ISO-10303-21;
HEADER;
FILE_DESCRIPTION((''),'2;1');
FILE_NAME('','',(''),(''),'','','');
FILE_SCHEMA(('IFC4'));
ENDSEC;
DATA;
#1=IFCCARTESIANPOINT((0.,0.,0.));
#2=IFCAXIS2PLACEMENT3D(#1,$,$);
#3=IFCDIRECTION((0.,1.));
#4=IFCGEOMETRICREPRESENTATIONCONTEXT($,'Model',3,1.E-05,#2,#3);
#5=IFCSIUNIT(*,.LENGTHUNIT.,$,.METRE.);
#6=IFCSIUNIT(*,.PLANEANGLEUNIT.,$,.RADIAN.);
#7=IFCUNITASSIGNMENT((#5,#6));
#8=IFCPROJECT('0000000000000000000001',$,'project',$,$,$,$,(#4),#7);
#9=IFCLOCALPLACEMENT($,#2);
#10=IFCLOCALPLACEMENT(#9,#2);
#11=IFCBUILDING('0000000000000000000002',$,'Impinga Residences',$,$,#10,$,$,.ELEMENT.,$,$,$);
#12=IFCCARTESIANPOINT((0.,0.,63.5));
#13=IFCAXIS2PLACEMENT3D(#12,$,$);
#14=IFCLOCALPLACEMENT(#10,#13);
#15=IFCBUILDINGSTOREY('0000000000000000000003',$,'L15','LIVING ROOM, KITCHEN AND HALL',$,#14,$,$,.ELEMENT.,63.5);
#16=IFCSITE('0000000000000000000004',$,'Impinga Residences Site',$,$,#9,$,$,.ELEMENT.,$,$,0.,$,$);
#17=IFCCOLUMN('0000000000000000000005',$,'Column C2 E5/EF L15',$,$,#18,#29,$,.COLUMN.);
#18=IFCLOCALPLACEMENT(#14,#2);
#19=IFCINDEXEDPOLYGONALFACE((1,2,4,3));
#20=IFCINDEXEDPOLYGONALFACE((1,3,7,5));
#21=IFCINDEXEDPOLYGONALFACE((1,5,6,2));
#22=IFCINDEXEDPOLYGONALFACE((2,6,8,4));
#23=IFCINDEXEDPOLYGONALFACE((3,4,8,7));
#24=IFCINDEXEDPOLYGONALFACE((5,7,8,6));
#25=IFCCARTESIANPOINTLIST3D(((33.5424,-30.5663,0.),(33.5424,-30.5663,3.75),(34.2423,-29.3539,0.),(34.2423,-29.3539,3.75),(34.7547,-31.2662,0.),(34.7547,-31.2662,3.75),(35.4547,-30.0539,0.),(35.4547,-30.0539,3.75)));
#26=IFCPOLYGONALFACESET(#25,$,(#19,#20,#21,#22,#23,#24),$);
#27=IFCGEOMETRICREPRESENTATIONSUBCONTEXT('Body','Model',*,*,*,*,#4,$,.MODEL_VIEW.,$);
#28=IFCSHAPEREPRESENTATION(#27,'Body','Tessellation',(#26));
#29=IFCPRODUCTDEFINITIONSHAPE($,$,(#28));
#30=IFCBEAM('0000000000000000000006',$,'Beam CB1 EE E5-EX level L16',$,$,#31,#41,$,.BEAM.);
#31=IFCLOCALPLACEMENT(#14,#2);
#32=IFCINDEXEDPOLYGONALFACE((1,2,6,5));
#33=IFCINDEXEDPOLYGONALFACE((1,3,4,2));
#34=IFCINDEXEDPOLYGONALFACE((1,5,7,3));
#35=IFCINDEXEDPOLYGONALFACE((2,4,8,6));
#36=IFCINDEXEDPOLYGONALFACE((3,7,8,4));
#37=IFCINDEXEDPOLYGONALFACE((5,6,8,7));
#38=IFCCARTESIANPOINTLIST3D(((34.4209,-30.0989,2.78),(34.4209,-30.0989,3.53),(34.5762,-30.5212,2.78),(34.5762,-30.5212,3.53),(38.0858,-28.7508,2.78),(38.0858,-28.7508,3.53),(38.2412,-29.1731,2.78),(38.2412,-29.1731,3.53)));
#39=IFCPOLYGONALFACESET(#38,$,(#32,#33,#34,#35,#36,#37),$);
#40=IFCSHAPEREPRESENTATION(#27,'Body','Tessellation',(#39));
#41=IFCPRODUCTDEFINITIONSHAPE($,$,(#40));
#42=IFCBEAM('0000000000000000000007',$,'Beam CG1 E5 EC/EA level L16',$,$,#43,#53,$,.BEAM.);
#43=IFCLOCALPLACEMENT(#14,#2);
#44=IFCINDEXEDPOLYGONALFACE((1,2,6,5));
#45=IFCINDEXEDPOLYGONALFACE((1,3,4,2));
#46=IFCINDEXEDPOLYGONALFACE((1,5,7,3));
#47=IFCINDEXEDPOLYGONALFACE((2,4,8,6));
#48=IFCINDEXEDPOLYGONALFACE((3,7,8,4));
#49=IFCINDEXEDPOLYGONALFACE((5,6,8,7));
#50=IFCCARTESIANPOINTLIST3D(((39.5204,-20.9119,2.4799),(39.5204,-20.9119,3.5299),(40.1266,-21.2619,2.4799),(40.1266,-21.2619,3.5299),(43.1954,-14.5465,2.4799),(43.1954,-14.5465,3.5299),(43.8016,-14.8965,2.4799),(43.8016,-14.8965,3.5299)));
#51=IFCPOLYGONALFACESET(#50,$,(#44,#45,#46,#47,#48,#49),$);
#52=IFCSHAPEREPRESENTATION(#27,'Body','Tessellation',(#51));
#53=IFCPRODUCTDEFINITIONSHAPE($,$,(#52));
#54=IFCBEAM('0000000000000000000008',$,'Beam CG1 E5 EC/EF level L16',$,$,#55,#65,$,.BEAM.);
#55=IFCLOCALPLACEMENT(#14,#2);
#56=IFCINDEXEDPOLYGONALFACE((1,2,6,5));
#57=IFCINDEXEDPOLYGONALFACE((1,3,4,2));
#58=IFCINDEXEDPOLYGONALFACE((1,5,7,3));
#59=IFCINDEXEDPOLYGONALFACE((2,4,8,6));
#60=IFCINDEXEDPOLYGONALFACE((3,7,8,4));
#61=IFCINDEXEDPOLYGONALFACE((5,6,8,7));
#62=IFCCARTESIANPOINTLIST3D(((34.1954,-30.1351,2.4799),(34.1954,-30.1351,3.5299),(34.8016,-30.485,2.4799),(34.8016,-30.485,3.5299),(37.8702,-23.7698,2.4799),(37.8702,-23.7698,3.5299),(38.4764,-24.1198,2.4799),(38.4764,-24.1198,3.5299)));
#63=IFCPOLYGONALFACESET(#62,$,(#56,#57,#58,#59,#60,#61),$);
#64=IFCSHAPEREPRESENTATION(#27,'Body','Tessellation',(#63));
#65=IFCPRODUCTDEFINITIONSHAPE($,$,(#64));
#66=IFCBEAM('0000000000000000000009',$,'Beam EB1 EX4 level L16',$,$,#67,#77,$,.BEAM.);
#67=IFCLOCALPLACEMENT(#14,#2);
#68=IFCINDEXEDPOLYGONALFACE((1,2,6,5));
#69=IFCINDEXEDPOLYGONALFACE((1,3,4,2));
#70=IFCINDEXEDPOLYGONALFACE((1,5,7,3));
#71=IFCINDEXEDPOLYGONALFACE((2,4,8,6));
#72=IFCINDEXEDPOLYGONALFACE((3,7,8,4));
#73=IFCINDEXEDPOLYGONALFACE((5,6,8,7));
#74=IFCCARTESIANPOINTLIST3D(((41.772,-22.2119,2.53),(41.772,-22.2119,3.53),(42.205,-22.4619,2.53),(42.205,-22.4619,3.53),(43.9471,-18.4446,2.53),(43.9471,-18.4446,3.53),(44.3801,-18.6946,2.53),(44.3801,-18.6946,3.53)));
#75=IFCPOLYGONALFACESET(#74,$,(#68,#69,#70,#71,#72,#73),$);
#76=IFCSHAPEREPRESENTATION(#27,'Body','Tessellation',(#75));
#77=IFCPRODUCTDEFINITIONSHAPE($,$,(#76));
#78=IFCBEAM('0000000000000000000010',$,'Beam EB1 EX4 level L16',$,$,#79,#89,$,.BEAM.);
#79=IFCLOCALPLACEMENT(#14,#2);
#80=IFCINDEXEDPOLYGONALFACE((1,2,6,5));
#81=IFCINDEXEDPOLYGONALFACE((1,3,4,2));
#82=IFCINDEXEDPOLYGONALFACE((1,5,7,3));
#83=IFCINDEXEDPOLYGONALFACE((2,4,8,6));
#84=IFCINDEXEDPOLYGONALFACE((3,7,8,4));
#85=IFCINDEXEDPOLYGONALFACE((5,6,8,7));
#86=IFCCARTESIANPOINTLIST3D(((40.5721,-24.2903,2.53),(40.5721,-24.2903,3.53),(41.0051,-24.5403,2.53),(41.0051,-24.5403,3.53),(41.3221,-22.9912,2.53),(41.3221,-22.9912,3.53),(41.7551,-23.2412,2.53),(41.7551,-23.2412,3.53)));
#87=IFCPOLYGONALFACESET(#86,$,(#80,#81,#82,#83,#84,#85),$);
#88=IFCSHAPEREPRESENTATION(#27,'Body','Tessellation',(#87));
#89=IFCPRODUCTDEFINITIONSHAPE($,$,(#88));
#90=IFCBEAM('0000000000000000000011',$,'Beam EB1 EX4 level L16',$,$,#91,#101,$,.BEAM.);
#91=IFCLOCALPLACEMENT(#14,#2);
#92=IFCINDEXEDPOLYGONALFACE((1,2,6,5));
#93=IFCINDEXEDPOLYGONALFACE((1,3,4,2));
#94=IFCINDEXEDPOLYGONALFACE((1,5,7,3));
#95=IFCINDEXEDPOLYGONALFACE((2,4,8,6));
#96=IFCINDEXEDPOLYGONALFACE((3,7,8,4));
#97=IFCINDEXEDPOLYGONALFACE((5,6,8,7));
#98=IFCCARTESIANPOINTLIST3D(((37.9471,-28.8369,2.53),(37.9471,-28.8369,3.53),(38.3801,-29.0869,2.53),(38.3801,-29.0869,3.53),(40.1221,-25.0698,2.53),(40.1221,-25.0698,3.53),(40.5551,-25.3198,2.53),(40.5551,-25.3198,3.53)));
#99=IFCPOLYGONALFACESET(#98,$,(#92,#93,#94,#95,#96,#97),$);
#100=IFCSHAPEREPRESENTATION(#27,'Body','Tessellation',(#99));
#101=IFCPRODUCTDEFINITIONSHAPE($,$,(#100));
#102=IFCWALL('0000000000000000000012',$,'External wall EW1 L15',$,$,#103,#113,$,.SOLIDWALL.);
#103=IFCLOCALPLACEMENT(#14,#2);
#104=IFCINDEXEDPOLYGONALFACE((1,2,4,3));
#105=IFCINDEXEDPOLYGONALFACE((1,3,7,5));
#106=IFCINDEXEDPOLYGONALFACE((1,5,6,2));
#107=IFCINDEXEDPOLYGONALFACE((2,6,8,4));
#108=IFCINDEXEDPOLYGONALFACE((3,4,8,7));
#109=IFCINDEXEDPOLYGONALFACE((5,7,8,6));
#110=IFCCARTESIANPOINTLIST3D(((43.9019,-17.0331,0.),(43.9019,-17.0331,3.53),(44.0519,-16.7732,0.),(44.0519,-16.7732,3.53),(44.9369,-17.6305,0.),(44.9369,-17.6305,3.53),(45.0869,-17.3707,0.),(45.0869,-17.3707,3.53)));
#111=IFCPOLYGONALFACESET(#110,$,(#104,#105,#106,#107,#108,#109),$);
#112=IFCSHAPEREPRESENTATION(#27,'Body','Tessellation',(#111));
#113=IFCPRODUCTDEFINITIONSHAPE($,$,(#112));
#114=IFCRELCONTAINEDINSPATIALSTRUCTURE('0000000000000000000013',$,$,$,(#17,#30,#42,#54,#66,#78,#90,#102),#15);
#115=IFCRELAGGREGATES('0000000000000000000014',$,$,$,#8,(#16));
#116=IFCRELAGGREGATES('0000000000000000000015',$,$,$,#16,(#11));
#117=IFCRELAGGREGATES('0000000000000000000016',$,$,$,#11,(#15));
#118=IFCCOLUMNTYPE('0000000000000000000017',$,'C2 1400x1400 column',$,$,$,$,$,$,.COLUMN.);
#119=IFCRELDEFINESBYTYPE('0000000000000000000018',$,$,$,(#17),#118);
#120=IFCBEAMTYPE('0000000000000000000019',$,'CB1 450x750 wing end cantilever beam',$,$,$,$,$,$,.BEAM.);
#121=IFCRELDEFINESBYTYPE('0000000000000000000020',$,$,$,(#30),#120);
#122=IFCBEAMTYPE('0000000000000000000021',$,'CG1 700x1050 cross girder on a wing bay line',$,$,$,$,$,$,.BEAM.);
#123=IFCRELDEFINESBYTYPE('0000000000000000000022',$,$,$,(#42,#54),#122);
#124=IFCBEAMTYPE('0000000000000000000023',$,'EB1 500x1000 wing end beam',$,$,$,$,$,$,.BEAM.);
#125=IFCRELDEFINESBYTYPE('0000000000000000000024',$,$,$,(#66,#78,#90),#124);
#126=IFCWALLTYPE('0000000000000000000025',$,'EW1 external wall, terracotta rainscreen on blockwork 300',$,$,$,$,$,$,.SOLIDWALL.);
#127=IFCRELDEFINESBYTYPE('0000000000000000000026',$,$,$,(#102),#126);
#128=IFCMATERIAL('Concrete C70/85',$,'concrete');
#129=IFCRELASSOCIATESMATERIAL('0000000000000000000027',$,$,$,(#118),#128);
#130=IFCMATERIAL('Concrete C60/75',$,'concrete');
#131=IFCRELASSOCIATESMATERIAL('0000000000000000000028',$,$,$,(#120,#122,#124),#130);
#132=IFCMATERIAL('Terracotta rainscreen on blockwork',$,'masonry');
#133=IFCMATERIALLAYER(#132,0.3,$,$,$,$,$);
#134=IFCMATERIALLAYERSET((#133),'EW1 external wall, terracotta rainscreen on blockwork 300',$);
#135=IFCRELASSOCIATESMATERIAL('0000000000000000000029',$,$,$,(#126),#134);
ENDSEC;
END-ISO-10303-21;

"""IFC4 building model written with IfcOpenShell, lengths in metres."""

from ifc_helpers import new_model, si_unit, direction, frame, frame_2d, origin, origin_2d, place, context, subcontext, project, spatial, rectangle, extrude, material, layer, layer_set, material_profile, profile_set, type_object, element, save


model = new_model("IFC4")

# Units and contexts
model_context = context("Model", 3, precision=1e-05, world=origin(), true_north=direction((0.0, 1.0)))
body_context = subcontext(model_context, "Body", "Model", "MODEL_VIEW")
ifc_project = project(units=[si_unit("LENGTHUNIT", "METRE"), si_unit("PLANEANGLEUNIT", "RADIAN")], contexts=[model_context])

# Site, building, storey
site_placement = place(None, origin())
site = spatial("IfcSite", under=ifc_project, at=site_placement, Name="Impinga Residences Site", CompositionType="ELEMENT", RefElevation=0.0)
building_placement = place(site_placement, origin())
building = spatial("IfcBuilding", under=site, at=building_placement, Name="Impinga Residences", CompositionType="ELEMENT")
storey_placement = place(building_placement, frame((0.0, 0.0, 63.5)))
storey = spatial("IfcBuildingStorey", under=building, at=storey_placement, Name="L15", Description="LIVING ROOM, KITCHEN AND HALL", CompositionType="ELEMENT", Elevation=63.5)

# Column
ifc_material_1 = material(Name="Concrete C70/85", Category="concrete")
ifc_material_profile_1 = material_profile(ifc_material_1, rectangle(XDim=1.3999, YDim=1.3999, at=origin_2d()), Name="RC 1400x1400")
ifc_profile_set_1 = profile_set([ifc_material_profile_1], Name="Concrete C70/85")
column_type = type_object("IfcColumnType", Name="C2 1400x1400 column", PredefinedType="COLUMN", material=ifc_profile_set_1)
column_placement = place(storey_placement, frame((34.4985, -30.3101, 0.0), z_axis=(0.0, 0.0, 1.0), x_axis=(-0.5, -0.866025, 0.0)))
element("IfcColumn", 1, at=column_placement, inside=storey, type_object=column_type, Name="Column C2 E5/EF L15", PredefinedType="COLUMN", context=body_context, shape_type="SweptSolid", body=[
    extrude(rectangle(XDim=1.3999, YDim=1.3999, at=origin_2d()), origin(), (0.0, 0.0, 1.0), 3.75),
])

# Beams
ifc_material_2 = material(Name="Concrete C60/75", Category="concrete")
ifc_material_profile_2 = material_profile(ifc_material_2, rectangle(XDim=0.45, YDim=0.75, at=origin_2d()), Name="RC 450x750")
ifc_profile_set_2 = profile_set([ifc_material_profile_2], Name="Concrete C60/75")
beam_type_1 = type_object("IfcBeamType", Name="CB1 450x750 wing end cantilever beam", PredefinedType="BEAM", material=ifc_profile_set_2)
beam_1_placement = place(storey_placement, frame((34.4985, -30.3101, 3.155), z_axis=(0.93852, 0.345224, 0.0), x_axis=(-0.345224, 0.93852, 0.0)))
element("IfcBeam", 2, at=beam_1_placement, inside=storey, type_object=beam_type_1, Name="Beam CB1 EE E5-EX level L16", PredefinedType="BEAM", context=body_context, shape_type="SweptSolid", body=[
    extrude(rectangle(XDim=0.45, YDim=0.75, at=origin_2d()), origin(), (0.0, 0.0, 1.0), 3.905),
])
ifc_material_profile_3 = material_profile(ifc_material_2, rectangle(XDim=0.7, YDim=1.05, at=origin_2d()), Name="RC 700x1050")
ifc_profile_set_3 = profile_set([ifc_material_profile_3], Name="Concrete C60/75")
beam_type_2 = type_object("IfcBeamType", Name="CG1 700x1050 cross girder on a wing bay line", PredefinedType="BEAM", material=ifc_profile_set_3)
beam_2_placement = place(storey_placement, frame((39.8235, -21.0869, 3.0049), z_axis=(0.499994, 0.866029, 0.0), x_axis=(-0.866029, 0.499994, 0.0)))
element("IfcBeam", 3, at=beam_2_placement, inside=storey, type_object=beam_type_2, Name="Beam CG1 E5 EC/EA level L16", PredefinedType="BEAM", context=body_context, shape_type="SweptSolid", body=[
    extrude(rectangle(XDim=0.7, YDim=1.05, at=origin_2d()), origin(), (0.0, 0.0, 1.0), 7.3501),
])
beam_3_placement = place(storey_placement, frame((38.1733, -23.9448, 3.0049), z_axis=(-0.499983, -0.866035, 0.0), x_axis=(0.866035, -0.499983, 0.0)))
element("IfcBeam", 4, at=beam_3_placement, inside=storey, type_object=beam_type_2, Name="Beam CG1 E5 EC/EF level L16", PredefinedType="BEAM", context=body_context, shape_type="SweptSolid", body=[
    extrude(rectangle(XDim=0.7, YDim=1.05, at=origin_2d()), origin(), (0.0, 0.0, 1.0), 7.3499),
])
ifc_material_profile_4 = material_profile(ifc_material_2, rectangle(XDim=0.5, YDim=1.0, at=origin_2d()), Name="RC 500x1000")
ifc_profile_set_4 = profile_set([ifc_material_profile_4], Name="Concrete C60/75")
beam_type_3 = type_object("IfcBeamType", Name="EB1 500x1000 wing end beam", PredefinedType="BEAM", material=ifc_profile_set_4)
beam_4_placement = place(storey_placement, frame((44.1636, -18.5696, 3.03), z_axis=(-0.499996, -0.866028, 0.0), x_axis=(0.866028, -0.499996, 0.0)))
element("IfcBeam", 5, at=beam_4_placement, inside=storey, type_object=beam_type_3, Name="Beam EB1 EX4 level L16", PredefinedType="BEAM", context=body_context, shape_type="SweptSolid", body=[
    extrude(rectangle(XDim=0.5, YDim=1.0, at=origin_2d()), origin(), (0.0, 0.0, 1.0), 4.3501),
])
beam_5_placement = place(storey_placement, frame((41.5386, -23.1162, 3.03), z_axis=(-0.49999, -0.866031, 0.0), x_axis=(0.866031, -0.49999, 0.0)))
element("IfcBeam", 6, at=beam_5_placement, inside=storey, type_object=beam_type_3, Name="Beam EB1 EX4 level L16", PredefinedType="BEAM", context=body_context, shape_type="SweptSolid", body=[
    extrude(rectangle(XDim=0.5, YDim=1.0, at=origin_2d()), origin(), (0.0, 0.0, 1.0), 1.5),
])
beam_6_placement = place(storey_placement, frame((40.3386, -25.1948, 3.03), z_axis=(-0.50002, -0.866014, 0.0), x_axis=(0.866014, -0.50002, 0.0)))
element("IfcBeam", 7, at=beam_6_placement, inside=storey, type_object=beam_type_3, Name="Beam EB1 EX4 level L16", PredefinedType="BEAM", context=body_context, shape_type="SweptSolid", body=[
    extrude(rectangle(XDim=0.5, YDim=1.0, at=origin_2d()), origin(), (0.0, 0.0, 1.0), 4.3499),
])

# Wall
ifc_material_3 = material(Name="Terracotta rainscreen on blockwork", Category="masonry")
ifc_layer_1 = layer(ifc_material_3, 0.3)
ifc_layer_set_1 = layer_set([ifc_layer_1], Name="EW1 external wall, terracotta rainscreen on blockwork 300")
wall_type_1 = type_object("IfcWallType", Name="EW1 external wall, terracotta rainscreen on blockwork 300", PredefinedType="SOLIDWALL", material=ifc_layer_set_1)
wall_1_placement = place(storey_placement, frame((43.9768, -16.9031, 0.0), z_axis=(0.0, 0.0, 1.0), x_axis=(0.86606, -0.499941, 0.0)))
element("IfcWall", 8, at=wall_1_placement, inside=storey, type_object=wall_type_1, Name="External wall EW1 L15", PredefinedType="SOLIDWALL", context=body_context, shape_type="SweptSolid", body=[
    extrude(rectangle(XDim=1.1951, YDim=0.3, at=frame_2d((0.5977, 0.0))), origin(), (0.0, 0.0, 1.0), 3.53),
])

save(model, "model.ifc")
